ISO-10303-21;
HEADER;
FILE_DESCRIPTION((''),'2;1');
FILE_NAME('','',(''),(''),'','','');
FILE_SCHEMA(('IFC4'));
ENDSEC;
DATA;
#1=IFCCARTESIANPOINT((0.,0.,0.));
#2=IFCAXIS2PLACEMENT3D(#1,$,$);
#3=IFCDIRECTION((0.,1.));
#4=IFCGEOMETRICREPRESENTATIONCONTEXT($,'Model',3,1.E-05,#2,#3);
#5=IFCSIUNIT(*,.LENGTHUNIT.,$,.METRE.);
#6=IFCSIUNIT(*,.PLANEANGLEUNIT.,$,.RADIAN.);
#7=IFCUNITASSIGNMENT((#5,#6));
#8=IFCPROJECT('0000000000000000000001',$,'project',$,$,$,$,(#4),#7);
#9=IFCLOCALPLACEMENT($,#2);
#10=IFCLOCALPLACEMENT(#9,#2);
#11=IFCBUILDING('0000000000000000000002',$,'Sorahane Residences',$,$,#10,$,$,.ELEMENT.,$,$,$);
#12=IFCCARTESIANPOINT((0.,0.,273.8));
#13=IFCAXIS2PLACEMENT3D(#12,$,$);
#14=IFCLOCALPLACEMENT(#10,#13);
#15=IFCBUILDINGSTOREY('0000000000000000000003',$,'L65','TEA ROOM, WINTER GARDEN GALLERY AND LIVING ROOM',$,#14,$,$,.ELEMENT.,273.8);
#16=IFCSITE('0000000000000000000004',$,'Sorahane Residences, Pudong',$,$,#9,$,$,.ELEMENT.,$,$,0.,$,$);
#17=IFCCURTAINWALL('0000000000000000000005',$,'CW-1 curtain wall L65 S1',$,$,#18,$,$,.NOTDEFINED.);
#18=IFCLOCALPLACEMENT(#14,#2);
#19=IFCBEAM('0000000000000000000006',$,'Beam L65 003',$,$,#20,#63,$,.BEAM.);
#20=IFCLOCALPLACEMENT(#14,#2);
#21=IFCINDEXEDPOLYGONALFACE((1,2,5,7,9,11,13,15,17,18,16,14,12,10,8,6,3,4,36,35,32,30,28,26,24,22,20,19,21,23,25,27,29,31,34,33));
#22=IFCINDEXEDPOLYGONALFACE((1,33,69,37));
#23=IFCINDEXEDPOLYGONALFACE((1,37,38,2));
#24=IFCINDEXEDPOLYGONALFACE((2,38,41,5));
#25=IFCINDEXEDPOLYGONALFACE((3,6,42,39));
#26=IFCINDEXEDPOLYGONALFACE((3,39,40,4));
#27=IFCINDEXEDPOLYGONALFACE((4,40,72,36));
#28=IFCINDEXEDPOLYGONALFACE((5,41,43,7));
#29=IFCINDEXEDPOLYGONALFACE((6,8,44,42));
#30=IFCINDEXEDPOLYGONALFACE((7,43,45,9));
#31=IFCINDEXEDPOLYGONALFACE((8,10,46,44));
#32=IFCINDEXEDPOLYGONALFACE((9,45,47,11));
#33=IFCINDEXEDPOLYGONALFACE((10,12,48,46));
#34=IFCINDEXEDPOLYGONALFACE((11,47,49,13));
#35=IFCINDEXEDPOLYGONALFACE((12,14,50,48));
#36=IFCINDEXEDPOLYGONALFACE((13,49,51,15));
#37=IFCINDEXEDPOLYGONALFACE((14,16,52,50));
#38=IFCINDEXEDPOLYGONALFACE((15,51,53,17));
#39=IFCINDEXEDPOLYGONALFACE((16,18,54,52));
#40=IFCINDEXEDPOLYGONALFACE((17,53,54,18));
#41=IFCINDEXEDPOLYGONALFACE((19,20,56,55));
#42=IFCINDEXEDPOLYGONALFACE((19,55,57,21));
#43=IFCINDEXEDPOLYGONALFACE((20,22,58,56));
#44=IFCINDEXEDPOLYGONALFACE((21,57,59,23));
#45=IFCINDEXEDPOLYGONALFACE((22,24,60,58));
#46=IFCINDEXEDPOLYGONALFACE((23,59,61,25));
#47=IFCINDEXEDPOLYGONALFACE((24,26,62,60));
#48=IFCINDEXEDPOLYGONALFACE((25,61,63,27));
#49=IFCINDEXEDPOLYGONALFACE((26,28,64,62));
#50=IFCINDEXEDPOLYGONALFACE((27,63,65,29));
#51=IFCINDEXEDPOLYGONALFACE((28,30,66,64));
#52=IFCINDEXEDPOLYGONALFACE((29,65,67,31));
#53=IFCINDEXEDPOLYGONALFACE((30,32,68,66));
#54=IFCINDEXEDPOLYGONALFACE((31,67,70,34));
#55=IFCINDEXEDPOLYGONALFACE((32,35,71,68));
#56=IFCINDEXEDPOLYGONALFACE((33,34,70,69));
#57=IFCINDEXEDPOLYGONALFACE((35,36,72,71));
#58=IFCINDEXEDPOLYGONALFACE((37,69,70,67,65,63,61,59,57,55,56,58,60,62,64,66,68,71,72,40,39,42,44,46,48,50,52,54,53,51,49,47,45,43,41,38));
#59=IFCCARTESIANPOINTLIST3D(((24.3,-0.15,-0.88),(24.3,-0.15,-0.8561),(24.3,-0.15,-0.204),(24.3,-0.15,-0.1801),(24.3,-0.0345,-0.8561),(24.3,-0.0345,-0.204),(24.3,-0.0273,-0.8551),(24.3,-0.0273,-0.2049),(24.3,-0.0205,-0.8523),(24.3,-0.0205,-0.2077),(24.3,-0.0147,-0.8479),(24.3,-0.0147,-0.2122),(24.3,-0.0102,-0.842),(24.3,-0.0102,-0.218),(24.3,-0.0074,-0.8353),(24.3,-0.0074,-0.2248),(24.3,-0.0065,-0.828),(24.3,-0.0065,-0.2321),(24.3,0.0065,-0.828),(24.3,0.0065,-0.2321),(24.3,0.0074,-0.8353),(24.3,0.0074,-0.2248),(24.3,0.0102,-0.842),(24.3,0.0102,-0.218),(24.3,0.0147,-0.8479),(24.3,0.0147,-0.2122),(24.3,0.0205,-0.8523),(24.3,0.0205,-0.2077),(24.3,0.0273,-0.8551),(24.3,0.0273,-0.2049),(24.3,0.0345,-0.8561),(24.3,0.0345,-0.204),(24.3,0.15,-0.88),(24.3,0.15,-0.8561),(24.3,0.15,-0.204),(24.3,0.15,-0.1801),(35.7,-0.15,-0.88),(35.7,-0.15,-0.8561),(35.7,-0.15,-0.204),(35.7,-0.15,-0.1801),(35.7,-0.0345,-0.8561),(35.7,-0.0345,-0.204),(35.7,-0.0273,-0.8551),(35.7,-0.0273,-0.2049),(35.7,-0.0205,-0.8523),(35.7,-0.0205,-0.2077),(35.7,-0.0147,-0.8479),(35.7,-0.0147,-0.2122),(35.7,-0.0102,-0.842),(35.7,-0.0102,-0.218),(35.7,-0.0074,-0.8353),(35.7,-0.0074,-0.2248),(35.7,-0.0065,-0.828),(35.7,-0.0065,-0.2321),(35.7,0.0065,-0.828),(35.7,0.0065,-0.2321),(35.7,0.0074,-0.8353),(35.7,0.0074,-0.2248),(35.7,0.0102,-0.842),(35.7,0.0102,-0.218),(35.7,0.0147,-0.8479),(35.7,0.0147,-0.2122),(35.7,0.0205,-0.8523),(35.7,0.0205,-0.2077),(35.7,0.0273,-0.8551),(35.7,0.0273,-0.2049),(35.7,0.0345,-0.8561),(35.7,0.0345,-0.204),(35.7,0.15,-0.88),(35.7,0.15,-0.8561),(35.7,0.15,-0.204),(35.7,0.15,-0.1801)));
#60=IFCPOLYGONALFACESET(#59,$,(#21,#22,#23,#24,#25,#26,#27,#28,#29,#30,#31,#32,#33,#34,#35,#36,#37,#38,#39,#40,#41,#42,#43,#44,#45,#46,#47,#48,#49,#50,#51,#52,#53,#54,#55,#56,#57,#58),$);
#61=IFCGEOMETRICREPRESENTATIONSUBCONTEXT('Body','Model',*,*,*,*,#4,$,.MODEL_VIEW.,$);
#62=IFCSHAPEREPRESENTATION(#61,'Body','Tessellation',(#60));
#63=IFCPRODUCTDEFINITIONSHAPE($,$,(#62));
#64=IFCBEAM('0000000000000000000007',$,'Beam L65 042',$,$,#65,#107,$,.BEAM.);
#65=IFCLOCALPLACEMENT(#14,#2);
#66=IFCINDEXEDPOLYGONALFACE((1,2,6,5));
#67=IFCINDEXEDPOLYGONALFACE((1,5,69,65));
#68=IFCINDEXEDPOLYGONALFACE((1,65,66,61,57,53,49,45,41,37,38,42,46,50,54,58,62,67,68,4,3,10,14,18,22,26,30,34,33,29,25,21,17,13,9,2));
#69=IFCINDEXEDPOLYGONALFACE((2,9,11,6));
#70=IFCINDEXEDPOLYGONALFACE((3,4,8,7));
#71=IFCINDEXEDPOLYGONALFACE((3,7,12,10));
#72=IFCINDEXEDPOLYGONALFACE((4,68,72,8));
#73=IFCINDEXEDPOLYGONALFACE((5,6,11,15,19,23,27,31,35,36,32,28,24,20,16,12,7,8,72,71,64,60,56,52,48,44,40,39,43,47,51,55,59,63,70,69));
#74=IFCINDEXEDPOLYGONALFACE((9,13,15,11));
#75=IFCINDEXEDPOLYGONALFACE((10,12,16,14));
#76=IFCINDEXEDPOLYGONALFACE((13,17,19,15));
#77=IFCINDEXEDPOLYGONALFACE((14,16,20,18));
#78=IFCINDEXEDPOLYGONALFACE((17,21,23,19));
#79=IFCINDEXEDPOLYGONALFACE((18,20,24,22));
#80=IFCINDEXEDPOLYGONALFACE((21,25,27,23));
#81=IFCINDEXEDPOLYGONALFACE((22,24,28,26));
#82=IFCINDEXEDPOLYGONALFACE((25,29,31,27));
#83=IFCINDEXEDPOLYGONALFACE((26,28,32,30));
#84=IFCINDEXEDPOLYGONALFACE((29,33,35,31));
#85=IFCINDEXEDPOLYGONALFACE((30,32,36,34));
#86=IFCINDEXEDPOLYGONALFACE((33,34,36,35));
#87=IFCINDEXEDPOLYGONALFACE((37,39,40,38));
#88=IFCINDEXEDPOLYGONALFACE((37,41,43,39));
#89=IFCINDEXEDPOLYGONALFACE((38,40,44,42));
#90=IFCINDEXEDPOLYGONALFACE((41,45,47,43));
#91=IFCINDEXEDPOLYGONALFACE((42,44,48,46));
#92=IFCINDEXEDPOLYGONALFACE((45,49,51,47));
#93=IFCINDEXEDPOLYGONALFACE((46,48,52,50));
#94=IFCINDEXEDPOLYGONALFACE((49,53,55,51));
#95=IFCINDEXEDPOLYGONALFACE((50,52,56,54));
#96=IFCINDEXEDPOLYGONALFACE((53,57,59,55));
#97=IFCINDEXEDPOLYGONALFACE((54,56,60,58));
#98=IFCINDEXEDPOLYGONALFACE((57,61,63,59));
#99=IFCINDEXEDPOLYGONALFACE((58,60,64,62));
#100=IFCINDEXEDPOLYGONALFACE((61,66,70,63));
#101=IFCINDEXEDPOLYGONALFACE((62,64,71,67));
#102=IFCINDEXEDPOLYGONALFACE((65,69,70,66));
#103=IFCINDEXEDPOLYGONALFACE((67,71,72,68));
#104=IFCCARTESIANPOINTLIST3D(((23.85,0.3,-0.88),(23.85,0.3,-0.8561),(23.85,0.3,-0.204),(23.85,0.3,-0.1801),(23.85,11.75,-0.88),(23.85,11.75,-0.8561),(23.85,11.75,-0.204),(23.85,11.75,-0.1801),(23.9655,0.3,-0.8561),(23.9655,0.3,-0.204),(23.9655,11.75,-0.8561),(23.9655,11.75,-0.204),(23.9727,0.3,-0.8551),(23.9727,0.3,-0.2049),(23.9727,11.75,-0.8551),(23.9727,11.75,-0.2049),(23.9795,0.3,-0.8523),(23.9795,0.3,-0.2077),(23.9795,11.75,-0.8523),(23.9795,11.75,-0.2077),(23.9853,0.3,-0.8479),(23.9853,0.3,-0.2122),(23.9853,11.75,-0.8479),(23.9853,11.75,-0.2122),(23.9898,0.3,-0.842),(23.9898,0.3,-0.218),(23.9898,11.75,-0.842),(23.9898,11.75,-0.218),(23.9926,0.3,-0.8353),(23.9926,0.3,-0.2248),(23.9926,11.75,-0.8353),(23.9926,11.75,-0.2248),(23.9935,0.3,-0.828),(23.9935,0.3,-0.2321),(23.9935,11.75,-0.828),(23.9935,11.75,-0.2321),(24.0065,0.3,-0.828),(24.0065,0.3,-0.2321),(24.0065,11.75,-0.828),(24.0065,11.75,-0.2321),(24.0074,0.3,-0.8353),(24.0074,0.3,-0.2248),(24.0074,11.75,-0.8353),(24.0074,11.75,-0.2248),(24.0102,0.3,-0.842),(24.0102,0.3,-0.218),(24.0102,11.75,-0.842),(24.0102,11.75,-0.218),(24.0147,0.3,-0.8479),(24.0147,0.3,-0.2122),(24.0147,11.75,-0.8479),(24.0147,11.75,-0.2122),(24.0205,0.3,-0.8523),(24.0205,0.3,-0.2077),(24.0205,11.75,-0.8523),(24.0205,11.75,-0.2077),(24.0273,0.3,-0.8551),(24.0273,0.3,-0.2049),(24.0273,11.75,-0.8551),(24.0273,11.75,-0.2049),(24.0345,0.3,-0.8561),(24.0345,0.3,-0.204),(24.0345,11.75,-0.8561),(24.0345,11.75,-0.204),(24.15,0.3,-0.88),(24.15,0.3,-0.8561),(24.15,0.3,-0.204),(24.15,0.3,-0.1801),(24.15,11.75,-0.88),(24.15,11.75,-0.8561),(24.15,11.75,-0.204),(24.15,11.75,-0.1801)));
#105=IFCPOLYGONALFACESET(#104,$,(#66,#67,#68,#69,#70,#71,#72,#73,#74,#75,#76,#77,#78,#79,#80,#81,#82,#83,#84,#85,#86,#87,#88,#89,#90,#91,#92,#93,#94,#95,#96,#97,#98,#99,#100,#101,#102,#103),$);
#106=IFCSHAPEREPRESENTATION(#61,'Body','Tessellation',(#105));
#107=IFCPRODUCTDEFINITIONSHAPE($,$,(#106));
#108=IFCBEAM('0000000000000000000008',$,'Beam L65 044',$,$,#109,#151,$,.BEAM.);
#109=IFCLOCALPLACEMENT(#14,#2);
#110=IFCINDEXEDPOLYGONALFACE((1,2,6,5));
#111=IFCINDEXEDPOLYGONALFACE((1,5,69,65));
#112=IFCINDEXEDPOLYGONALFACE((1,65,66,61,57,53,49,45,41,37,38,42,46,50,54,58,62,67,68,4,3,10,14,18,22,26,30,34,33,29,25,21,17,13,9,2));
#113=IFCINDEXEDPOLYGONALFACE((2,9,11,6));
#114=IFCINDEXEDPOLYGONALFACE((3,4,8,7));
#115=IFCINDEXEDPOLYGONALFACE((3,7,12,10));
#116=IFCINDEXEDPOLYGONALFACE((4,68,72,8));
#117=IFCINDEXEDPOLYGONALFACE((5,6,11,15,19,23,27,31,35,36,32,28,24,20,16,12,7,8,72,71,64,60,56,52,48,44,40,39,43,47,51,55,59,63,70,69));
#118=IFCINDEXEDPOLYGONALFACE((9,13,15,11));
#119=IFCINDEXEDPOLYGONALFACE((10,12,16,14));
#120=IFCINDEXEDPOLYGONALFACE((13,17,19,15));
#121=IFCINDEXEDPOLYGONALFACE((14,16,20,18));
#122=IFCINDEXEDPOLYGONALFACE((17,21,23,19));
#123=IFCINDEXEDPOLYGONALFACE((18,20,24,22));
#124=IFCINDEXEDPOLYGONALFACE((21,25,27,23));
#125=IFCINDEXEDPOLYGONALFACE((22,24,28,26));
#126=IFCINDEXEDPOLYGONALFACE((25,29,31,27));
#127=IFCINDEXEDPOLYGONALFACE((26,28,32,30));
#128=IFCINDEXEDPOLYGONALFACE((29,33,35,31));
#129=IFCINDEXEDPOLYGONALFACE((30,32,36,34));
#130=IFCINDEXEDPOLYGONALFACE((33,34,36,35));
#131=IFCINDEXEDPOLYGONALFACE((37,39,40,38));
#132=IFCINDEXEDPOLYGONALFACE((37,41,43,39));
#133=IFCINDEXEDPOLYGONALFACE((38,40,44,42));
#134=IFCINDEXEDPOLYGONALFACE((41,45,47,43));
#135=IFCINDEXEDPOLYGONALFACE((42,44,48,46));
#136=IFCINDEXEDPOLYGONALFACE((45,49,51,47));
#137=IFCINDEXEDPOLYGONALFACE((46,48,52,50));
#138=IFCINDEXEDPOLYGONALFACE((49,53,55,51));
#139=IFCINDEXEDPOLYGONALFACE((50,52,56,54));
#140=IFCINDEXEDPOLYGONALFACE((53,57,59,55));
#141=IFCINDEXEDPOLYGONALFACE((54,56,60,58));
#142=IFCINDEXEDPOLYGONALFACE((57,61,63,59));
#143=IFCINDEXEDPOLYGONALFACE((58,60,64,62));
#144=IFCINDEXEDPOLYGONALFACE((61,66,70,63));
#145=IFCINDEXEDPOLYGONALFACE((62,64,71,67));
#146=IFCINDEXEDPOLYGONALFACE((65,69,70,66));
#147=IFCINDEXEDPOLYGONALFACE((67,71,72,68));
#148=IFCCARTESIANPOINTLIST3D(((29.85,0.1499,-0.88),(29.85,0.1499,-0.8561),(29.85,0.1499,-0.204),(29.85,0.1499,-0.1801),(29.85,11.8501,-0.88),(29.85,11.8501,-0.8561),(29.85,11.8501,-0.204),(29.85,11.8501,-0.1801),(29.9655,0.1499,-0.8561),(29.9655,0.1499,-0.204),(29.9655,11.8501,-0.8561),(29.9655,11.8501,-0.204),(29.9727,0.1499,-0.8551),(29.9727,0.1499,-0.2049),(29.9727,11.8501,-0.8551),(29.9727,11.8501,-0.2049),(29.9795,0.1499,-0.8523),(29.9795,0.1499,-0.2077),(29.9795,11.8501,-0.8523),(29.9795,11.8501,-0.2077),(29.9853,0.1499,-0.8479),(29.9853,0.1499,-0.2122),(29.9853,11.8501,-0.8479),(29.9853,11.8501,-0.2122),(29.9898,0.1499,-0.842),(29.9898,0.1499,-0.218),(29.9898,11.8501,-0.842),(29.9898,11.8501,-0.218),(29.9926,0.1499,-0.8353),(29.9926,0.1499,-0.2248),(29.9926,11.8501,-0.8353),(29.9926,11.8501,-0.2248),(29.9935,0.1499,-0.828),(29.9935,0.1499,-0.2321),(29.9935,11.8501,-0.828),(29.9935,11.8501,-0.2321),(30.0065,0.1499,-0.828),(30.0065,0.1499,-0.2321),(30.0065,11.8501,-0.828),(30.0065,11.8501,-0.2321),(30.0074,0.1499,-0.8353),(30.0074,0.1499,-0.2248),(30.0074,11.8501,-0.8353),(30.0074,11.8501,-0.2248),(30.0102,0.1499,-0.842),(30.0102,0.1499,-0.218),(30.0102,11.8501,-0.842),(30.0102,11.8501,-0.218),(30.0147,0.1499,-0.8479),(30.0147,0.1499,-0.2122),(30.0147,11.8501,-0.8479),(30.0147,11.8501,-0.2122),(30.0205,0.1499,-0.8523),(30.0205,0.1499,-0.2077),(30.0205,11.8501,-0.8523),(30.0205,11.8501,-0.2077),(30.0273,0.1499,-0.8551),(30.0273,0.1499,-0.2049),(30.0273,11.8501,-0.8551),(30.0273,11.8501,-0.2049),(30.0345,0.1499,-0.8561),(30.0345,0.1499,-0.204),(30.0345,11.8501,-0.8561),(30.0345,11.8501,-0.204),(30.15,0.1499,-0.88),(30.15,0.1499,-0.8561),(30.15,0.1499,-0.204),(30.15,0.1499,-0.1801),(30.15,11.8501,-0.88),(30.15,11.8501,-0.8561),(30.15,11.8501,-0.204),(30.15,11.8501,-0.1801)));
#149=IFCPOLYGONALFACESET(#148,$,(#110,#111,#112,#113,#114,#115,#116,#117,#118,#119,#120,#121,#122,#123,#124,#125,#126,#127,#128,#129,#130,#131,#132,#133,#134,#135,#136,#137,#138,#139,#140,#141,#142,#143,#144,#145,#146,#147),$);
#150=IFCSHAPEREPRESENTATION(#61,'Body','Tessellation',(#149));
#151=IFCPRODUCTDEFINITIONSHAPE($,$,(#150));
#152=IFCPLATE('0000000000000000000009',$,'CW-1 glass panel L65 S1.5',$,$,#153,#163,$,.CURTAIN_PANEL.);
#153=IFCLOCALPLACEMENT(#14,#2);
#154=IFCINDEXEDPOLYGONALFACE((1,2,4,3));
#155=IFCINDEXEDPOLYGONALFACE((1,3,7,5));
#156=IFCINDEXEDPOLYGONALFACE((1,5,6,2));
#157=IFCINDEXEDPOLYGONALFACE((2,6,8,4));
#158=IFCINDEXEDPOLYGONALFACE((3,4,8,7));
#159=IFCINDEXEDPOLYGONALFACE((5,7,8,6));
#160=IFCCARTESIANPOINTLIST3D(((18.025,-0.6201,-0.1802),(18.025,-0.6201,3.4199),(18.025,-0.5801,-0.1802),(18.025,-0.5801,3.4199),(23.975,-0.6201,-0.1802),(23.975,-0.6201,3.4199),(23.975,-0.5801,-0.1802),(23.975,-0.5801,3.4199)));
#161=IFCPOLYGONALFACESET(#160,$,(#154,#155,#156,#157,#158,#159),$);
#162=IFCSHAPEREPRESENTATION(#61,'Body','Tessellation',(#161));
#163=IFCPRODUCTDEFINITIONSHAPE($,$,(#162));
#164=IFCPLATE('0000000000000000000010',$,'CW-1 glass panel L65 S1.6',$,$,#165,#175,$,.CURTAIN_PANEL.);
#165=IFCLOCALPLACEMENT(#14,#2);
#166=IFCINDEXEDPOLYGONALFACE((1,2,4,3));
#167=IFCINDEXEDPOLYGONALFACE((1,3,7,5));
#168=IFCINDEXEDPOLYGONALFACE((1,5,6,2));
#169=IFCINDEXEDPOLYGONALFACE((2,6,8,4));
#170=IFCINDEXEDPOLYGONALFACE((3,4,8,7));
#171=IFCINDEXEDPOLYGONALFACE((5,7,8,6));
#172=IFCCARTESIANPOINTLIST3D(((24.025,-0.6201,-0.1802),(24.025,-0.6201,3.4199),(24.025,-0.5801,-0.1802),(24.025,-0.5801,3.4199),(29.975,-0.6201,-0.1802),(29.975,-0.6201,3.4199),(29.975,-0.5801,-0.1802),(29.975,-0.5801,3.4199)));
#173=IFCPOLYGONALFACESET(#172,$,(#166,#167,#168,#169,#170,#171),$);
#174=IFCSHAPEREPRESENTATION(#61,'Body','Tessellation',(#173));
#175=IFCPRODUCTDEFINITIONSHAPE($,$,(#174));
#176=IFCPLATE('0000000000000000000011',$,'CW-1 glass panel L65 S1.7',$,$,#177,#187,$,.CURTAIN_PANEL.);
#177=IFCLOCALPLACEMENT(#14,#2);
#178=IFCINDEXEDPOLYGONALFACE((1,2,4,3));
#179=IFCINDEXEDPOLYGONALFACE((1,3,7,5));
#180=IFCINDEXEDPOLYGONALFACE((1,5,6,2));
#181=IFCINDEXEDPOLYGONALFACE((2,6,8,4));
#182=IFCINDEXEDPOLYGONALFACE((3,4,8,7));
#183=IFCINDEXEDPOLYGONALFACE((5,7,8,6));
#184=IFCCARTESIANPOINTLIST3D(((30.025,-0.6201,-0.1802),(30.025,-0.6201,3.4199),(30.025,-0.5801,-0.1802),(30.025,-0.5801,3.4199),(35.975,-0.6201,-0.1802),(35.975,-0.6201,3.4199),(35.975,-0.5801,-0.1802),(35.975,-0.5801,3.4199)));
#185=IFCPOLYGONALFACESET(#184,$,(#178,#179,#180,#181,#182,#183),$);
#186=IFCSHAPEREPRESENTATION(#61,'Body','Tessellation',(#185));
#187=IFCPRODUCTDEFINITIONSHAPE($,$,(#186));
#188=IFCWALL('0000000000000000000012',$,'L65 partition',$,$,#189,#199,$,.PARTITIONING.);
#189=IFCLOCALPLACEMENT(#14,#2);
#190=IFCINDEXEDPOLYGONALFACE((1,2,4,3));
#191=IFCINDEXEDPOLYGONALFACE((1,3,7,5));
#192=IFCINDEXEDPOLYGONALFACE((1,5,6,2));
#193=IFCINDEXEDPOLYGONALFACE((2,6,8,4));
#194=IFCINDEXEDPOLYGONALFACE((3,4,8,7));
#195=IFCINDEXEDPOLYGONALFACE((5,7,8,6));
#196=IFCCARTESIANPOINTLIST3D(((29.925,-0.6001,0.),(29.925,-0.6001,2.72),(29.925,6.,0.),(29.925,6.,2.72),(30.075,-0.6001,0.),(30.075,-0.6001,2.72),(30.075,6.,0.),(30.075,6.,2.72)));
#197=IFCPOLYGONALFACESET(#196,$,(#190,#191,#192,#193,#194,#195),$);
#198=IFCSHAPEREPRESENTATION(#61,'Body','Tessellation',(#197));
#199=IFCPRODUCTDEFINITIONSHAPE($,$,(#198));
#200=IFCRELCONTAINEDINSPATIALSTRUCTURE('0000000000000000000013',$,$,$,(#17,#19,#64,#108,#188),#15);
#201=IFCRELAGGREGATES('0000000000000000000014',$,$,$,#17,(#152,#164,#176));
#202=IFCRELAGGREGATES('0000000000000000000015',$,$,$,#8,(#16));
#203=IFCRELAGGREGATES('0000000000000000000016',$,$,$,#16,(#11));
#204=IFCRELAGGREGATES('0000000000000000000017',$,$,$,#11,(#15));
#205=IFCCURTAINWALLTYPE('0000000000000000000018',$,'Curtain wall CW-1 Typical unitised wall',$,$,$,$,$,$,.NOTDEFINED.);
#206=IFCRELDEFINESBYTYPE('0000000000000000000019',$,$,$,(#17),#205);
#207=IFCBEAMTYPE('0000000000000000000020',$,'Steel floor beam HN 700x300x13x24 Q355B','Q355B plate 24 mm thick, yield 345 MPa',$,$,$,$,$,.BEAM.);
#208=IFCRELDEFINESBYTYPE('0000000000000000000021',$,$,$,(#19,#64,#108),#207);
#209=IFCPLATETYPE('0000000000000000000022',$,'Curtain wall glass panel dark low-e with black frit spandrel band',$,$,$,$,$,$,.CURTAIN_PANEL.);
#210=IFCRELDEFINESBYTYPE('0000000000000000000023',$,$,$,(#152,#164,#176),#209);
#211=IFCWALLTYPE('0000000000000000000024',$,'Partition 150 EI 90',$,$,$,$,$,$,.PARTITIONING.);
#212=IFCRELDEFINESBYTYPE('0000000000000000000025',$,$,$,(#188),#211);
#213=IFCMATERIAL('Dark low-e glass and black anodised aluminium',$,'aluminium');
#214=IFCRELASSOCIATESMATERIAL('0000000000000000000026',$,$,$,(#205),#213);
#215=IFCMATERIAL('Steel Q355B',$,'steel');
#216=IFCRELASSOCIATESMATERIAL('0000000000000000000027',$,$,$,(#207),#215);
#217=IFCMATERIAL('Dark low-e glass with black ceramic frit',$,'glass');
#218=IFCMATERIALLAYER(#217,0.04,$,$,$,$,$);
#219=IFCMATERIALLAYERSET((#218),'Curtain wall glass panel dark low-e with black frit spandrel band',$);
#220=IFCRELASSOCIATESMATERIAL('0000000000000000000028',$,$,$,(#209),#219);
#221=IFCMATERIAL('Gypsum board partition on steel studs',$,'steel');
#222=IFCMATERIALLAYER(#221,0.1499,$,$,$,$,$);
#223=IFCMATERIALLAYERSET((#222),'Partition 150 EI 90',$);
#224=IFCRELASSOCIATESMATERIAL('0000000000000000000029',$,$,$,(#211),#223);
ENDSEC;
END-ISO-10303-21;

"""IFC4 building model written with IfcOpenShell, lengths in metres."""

from ifc_helpers import new_model, si_unit, direction, frame, frame_2d, origin, origin_2d, place, context, subcontext, project, spatial, rectangle, i_section, extrude, material, layer, layer_set, material_profile, profile_set, type_object, element, aggregate, save


model = new_model("IFC4")

# Units and contexts
model_context = context("Model", 3, precision=1e-05, world=origin(), true_north=direction((0.0, 1.0)))
body_context = subcontext(model_context, "Body", "Model", "MODEL_VIEW")
ifc_project = project(units=[si_unit("LENGTHUNIT", "METRE"), si_unit("PLANEANGLEUNIT", "RADIAN")], contexts=[model_context])

# Site, building, storey
site_placement = place(None, origin())
site = spatial("IfcSite", under=ifc_project, at=site_placement, Name="Sorahane Residences, Pudong", CompositionType="ELEMENT", RefElevation=0.0)
building_placement = place(site_placement, origin())
building = spatial("IfcBuilding", under=site, at=building_placement, Name="Sorahane Residences", CompositionType="ELEMENT")
storey_placement = place(building_placement, frame((0.0, 0.0, 273.8)))
storey = spatial("IfcBuildingStorey", under=building, at=storey_placement, Name="L65", Description="TEA ROOM, WINTER GARDEN GALLERY AND LIVING ROOM", CompositionType="ELEMENT", Elevation=273.8)

# Curtain wall
ifc_material_1 = material(Name="Dark low-e glass and black anodised aluminium", Category="aluminium")
curtain_wall_type = type_object("IfcCurtainWallType", Name="Curtain wall CW-1 Typical unitised wall", PredefinedType="NOTDEFINED", material=ifc_material_1)
curtain_wall_placement = place(storey_placement, origin())
curtain_wall = element("IfcCurtainWall", 1, at=curtain_wall_placement, inside=storey, type_object=curtain_wall_type, Name="CW-1 curtain wall L65 S1", PredefinedType="NOTDEFINED")

# Beams
ifc_material_2 = material(Name="Steel Q355B", Category="steel")
ifc_material_profile_1 = material_profile(ifc_material_2, i_section(OverallWidth=0.3, OverallDepth=0.7, WebThickness=0.0129, FlangeThickness=0.0239, FilletRadius=0.0281, at=origin_2d()), Name="HN 700x300x13x24")
ifc_profile_set_1 = profile_set([ifc_material_profile_1], Name="Steel Q355B")
beam_type_1 = type_object("IfcBeamType", Name="Steel floor beam HN 700x300x13x24 Q355B", Description="Q355B plate 24 mm thick, yield 345 MPa", PredefinedType="BEAM", material=ifc_profile_set_1)
beam_1_placement = place(storey_placement, frame((24.3, 0.0, -0.53), z_axis=(1.0, 0.0, 0.0), x_axis=(0.0, 1.0, 0.0)))
element("IfcBeam", 2, at=beam_1_placement, inside=storey, type_object=beam_type_1, Name="Beam L65 003", PredefinedType="BEAM", context=body_context, shape_type="SweptSolid", body=[
    extrude(i_section(OverallWidth=0.3, OverallDepth=0.7, WebThickness=0.0129, FlangeThickness=0.0239, FilletRadius=0.0281, at=origin_2d()), origin(), (0.0, 0.0, 1.0), 11.3999),
])
beam_2_placement = place(storey_placement, frame((24.0, 0.3, -0.53), z_axis=(0.0, 1.0, 0.0), x_axis=(-1.0, 0.0, 0.0)))
element("IfcBeam", 3, at=beam_2_placement, inside=storey, type_object=beam_type_1, Name="Beam L65 042", PredefinedType="BEAM", context=body_context, shape_type="SweptSolid", body=[
    extrude(i_section(OverallWidth=0.3, OverallDepth=0.7, WebThickness=0.0129, FlangeThickness=0.0239, FilletRadius=0.0281, at=origin_2d()), origin(), (0.0, 0.0, 1.0), 11.45),
])
beam_3_placement = place(storey_placement, frame((30.0, 0.1499, -0.53), z_axis=(0.0, 1.0, 0.0), x_axis=(-1.0, 0.0, 0.0)))
element("IfcBeam", 4, at=beam_3_placement, inside=storey, type_object=beam_type_1, Name="Beam L65 044", PredefinedType="BEAM", context=body_context, shape_type="SweptSolid", body=[
    extrude(i_section(OverallWidth=0.3, OverallDepth=0.7, WebThickness=0.0129, FlangeThickness=0.0239, FilletRadius=0.0281, at=origin_2d()), origin(), (0.0, 0.0, 1.0), 11.7002),
])

# Plates
ifc_material_3 = material(Name="Dark low-e glass with black ceramic frit", Category="glass")
ifc_layer_1 = layer(ifc_material_3, 0.04)
ifc_layer_set_1 = layer_set([ifc_layer_1], Name="Curtain wall glass panel dark low-e with black frit spandrel band")
plate_type = type_object("IfcPlateType", Name="Curtain wall glass panel dark low-e with black frit spandrel band", PredefinedType="CURTAIN_PANEL", material=ifc_layer_set_1)
plate_1_placement = place(storey_placement, frame((21.0, -0.6001, -0.1802), z_axis=(0.0, 0.0, 1.0), x_axis=(1.0, 0.0, 0.0)))
plate_1 = element("IfcPlate", 5, at=plate_1_placement, type_object=plate_type, Name="CW-1 glass panel L65 S1.5", PredefinedType="CURTAIN_PANEL", context=body_context, shape_type="SweptSolid", body=[
    extrude(rectangle(XDim=5.95, YDim=0.04, at=origin_2d()), origin(), (0.0, 0.0, 1.0), 3.6001),
])
plate_2_placement = place(storey_placement, frame((27.0, -0.6001, -0.1802), z_axis=(0.0, 0.0, 1.0), x_axis=(1.0, 0.0, 0.0)))
plate_2 = element("IfcPlate", 6, at=plate_2_placement, type_object=plate_type, Name="CW-1 glass panel L65 S1.6", PredefinedType="CURTAIN_PANEL", context=body_context, shape_type="SweptSolid", body=[
    extrude(rectangle(XDim=5.95, YDim=0.04, at=origin_2d()), origin(), (0.0, 0.0, 1.0), 3.6001),
])
plate_3_placement = place(storey_placement, frame((33.0, -0.6001, -0.1802), z_axis=(0.0, 0.0, 1.0), x_axis=(1.0, 0.0, 0.0)))
plate_3 = element("IfcPlate", 7, at=plate_3_placement, type_object=plate_type, Name="CW-1 glass panel L65 S1.7", PredefinedType="CURTAIN_PANEL", context=body_context, shape_type="SweptSolid", body=[
    extrude(rectangle(XDim=5.95, YDim=0.04, at=origin_2d()), origin(), (0.0, 0.0, 1.0), 3.6001),
])
aggregate(curtain_wall, [plate_1, plate_2, plate_3])

# Wall
ifc_material_4 = material(Name="Gypsum board partition on steel studs", Category="steel")
ifc_layer_2 = layer(ifc_material_4, 0.1499)
ifc_layer_set_2 = layer_set([ifc_layer_2], Name="Partition 150 EI 90")
wall_type_1 = type_object("IfcWallType", Name="Partition 150 EI 90", PredefinedType="PARTITIONING", material=ifc_layer_set_2)
wall_1_placement = place(storey_placement, frame((30.0, -0.6001, 0.0), z_axis=(0.0, 0.0, 1.0), x_axis=(0.0, 1.0, 0.0)))
element("IfcWall", 8, at=wall_1_placement, inside=storey, type_object=wall_type_1, Name="L65 partition", PredefinedType="PARTITIONING", context=body_context, shape_type="SweptSolid", body=[
    extrude(rectangle(XDim=6.6001, YDim=0.1499, at=frame_2d((3.3, 0.0))), origin(), (0.0, 0.0, 1.0), 2.72),
])

save(model, "model.ifc")
